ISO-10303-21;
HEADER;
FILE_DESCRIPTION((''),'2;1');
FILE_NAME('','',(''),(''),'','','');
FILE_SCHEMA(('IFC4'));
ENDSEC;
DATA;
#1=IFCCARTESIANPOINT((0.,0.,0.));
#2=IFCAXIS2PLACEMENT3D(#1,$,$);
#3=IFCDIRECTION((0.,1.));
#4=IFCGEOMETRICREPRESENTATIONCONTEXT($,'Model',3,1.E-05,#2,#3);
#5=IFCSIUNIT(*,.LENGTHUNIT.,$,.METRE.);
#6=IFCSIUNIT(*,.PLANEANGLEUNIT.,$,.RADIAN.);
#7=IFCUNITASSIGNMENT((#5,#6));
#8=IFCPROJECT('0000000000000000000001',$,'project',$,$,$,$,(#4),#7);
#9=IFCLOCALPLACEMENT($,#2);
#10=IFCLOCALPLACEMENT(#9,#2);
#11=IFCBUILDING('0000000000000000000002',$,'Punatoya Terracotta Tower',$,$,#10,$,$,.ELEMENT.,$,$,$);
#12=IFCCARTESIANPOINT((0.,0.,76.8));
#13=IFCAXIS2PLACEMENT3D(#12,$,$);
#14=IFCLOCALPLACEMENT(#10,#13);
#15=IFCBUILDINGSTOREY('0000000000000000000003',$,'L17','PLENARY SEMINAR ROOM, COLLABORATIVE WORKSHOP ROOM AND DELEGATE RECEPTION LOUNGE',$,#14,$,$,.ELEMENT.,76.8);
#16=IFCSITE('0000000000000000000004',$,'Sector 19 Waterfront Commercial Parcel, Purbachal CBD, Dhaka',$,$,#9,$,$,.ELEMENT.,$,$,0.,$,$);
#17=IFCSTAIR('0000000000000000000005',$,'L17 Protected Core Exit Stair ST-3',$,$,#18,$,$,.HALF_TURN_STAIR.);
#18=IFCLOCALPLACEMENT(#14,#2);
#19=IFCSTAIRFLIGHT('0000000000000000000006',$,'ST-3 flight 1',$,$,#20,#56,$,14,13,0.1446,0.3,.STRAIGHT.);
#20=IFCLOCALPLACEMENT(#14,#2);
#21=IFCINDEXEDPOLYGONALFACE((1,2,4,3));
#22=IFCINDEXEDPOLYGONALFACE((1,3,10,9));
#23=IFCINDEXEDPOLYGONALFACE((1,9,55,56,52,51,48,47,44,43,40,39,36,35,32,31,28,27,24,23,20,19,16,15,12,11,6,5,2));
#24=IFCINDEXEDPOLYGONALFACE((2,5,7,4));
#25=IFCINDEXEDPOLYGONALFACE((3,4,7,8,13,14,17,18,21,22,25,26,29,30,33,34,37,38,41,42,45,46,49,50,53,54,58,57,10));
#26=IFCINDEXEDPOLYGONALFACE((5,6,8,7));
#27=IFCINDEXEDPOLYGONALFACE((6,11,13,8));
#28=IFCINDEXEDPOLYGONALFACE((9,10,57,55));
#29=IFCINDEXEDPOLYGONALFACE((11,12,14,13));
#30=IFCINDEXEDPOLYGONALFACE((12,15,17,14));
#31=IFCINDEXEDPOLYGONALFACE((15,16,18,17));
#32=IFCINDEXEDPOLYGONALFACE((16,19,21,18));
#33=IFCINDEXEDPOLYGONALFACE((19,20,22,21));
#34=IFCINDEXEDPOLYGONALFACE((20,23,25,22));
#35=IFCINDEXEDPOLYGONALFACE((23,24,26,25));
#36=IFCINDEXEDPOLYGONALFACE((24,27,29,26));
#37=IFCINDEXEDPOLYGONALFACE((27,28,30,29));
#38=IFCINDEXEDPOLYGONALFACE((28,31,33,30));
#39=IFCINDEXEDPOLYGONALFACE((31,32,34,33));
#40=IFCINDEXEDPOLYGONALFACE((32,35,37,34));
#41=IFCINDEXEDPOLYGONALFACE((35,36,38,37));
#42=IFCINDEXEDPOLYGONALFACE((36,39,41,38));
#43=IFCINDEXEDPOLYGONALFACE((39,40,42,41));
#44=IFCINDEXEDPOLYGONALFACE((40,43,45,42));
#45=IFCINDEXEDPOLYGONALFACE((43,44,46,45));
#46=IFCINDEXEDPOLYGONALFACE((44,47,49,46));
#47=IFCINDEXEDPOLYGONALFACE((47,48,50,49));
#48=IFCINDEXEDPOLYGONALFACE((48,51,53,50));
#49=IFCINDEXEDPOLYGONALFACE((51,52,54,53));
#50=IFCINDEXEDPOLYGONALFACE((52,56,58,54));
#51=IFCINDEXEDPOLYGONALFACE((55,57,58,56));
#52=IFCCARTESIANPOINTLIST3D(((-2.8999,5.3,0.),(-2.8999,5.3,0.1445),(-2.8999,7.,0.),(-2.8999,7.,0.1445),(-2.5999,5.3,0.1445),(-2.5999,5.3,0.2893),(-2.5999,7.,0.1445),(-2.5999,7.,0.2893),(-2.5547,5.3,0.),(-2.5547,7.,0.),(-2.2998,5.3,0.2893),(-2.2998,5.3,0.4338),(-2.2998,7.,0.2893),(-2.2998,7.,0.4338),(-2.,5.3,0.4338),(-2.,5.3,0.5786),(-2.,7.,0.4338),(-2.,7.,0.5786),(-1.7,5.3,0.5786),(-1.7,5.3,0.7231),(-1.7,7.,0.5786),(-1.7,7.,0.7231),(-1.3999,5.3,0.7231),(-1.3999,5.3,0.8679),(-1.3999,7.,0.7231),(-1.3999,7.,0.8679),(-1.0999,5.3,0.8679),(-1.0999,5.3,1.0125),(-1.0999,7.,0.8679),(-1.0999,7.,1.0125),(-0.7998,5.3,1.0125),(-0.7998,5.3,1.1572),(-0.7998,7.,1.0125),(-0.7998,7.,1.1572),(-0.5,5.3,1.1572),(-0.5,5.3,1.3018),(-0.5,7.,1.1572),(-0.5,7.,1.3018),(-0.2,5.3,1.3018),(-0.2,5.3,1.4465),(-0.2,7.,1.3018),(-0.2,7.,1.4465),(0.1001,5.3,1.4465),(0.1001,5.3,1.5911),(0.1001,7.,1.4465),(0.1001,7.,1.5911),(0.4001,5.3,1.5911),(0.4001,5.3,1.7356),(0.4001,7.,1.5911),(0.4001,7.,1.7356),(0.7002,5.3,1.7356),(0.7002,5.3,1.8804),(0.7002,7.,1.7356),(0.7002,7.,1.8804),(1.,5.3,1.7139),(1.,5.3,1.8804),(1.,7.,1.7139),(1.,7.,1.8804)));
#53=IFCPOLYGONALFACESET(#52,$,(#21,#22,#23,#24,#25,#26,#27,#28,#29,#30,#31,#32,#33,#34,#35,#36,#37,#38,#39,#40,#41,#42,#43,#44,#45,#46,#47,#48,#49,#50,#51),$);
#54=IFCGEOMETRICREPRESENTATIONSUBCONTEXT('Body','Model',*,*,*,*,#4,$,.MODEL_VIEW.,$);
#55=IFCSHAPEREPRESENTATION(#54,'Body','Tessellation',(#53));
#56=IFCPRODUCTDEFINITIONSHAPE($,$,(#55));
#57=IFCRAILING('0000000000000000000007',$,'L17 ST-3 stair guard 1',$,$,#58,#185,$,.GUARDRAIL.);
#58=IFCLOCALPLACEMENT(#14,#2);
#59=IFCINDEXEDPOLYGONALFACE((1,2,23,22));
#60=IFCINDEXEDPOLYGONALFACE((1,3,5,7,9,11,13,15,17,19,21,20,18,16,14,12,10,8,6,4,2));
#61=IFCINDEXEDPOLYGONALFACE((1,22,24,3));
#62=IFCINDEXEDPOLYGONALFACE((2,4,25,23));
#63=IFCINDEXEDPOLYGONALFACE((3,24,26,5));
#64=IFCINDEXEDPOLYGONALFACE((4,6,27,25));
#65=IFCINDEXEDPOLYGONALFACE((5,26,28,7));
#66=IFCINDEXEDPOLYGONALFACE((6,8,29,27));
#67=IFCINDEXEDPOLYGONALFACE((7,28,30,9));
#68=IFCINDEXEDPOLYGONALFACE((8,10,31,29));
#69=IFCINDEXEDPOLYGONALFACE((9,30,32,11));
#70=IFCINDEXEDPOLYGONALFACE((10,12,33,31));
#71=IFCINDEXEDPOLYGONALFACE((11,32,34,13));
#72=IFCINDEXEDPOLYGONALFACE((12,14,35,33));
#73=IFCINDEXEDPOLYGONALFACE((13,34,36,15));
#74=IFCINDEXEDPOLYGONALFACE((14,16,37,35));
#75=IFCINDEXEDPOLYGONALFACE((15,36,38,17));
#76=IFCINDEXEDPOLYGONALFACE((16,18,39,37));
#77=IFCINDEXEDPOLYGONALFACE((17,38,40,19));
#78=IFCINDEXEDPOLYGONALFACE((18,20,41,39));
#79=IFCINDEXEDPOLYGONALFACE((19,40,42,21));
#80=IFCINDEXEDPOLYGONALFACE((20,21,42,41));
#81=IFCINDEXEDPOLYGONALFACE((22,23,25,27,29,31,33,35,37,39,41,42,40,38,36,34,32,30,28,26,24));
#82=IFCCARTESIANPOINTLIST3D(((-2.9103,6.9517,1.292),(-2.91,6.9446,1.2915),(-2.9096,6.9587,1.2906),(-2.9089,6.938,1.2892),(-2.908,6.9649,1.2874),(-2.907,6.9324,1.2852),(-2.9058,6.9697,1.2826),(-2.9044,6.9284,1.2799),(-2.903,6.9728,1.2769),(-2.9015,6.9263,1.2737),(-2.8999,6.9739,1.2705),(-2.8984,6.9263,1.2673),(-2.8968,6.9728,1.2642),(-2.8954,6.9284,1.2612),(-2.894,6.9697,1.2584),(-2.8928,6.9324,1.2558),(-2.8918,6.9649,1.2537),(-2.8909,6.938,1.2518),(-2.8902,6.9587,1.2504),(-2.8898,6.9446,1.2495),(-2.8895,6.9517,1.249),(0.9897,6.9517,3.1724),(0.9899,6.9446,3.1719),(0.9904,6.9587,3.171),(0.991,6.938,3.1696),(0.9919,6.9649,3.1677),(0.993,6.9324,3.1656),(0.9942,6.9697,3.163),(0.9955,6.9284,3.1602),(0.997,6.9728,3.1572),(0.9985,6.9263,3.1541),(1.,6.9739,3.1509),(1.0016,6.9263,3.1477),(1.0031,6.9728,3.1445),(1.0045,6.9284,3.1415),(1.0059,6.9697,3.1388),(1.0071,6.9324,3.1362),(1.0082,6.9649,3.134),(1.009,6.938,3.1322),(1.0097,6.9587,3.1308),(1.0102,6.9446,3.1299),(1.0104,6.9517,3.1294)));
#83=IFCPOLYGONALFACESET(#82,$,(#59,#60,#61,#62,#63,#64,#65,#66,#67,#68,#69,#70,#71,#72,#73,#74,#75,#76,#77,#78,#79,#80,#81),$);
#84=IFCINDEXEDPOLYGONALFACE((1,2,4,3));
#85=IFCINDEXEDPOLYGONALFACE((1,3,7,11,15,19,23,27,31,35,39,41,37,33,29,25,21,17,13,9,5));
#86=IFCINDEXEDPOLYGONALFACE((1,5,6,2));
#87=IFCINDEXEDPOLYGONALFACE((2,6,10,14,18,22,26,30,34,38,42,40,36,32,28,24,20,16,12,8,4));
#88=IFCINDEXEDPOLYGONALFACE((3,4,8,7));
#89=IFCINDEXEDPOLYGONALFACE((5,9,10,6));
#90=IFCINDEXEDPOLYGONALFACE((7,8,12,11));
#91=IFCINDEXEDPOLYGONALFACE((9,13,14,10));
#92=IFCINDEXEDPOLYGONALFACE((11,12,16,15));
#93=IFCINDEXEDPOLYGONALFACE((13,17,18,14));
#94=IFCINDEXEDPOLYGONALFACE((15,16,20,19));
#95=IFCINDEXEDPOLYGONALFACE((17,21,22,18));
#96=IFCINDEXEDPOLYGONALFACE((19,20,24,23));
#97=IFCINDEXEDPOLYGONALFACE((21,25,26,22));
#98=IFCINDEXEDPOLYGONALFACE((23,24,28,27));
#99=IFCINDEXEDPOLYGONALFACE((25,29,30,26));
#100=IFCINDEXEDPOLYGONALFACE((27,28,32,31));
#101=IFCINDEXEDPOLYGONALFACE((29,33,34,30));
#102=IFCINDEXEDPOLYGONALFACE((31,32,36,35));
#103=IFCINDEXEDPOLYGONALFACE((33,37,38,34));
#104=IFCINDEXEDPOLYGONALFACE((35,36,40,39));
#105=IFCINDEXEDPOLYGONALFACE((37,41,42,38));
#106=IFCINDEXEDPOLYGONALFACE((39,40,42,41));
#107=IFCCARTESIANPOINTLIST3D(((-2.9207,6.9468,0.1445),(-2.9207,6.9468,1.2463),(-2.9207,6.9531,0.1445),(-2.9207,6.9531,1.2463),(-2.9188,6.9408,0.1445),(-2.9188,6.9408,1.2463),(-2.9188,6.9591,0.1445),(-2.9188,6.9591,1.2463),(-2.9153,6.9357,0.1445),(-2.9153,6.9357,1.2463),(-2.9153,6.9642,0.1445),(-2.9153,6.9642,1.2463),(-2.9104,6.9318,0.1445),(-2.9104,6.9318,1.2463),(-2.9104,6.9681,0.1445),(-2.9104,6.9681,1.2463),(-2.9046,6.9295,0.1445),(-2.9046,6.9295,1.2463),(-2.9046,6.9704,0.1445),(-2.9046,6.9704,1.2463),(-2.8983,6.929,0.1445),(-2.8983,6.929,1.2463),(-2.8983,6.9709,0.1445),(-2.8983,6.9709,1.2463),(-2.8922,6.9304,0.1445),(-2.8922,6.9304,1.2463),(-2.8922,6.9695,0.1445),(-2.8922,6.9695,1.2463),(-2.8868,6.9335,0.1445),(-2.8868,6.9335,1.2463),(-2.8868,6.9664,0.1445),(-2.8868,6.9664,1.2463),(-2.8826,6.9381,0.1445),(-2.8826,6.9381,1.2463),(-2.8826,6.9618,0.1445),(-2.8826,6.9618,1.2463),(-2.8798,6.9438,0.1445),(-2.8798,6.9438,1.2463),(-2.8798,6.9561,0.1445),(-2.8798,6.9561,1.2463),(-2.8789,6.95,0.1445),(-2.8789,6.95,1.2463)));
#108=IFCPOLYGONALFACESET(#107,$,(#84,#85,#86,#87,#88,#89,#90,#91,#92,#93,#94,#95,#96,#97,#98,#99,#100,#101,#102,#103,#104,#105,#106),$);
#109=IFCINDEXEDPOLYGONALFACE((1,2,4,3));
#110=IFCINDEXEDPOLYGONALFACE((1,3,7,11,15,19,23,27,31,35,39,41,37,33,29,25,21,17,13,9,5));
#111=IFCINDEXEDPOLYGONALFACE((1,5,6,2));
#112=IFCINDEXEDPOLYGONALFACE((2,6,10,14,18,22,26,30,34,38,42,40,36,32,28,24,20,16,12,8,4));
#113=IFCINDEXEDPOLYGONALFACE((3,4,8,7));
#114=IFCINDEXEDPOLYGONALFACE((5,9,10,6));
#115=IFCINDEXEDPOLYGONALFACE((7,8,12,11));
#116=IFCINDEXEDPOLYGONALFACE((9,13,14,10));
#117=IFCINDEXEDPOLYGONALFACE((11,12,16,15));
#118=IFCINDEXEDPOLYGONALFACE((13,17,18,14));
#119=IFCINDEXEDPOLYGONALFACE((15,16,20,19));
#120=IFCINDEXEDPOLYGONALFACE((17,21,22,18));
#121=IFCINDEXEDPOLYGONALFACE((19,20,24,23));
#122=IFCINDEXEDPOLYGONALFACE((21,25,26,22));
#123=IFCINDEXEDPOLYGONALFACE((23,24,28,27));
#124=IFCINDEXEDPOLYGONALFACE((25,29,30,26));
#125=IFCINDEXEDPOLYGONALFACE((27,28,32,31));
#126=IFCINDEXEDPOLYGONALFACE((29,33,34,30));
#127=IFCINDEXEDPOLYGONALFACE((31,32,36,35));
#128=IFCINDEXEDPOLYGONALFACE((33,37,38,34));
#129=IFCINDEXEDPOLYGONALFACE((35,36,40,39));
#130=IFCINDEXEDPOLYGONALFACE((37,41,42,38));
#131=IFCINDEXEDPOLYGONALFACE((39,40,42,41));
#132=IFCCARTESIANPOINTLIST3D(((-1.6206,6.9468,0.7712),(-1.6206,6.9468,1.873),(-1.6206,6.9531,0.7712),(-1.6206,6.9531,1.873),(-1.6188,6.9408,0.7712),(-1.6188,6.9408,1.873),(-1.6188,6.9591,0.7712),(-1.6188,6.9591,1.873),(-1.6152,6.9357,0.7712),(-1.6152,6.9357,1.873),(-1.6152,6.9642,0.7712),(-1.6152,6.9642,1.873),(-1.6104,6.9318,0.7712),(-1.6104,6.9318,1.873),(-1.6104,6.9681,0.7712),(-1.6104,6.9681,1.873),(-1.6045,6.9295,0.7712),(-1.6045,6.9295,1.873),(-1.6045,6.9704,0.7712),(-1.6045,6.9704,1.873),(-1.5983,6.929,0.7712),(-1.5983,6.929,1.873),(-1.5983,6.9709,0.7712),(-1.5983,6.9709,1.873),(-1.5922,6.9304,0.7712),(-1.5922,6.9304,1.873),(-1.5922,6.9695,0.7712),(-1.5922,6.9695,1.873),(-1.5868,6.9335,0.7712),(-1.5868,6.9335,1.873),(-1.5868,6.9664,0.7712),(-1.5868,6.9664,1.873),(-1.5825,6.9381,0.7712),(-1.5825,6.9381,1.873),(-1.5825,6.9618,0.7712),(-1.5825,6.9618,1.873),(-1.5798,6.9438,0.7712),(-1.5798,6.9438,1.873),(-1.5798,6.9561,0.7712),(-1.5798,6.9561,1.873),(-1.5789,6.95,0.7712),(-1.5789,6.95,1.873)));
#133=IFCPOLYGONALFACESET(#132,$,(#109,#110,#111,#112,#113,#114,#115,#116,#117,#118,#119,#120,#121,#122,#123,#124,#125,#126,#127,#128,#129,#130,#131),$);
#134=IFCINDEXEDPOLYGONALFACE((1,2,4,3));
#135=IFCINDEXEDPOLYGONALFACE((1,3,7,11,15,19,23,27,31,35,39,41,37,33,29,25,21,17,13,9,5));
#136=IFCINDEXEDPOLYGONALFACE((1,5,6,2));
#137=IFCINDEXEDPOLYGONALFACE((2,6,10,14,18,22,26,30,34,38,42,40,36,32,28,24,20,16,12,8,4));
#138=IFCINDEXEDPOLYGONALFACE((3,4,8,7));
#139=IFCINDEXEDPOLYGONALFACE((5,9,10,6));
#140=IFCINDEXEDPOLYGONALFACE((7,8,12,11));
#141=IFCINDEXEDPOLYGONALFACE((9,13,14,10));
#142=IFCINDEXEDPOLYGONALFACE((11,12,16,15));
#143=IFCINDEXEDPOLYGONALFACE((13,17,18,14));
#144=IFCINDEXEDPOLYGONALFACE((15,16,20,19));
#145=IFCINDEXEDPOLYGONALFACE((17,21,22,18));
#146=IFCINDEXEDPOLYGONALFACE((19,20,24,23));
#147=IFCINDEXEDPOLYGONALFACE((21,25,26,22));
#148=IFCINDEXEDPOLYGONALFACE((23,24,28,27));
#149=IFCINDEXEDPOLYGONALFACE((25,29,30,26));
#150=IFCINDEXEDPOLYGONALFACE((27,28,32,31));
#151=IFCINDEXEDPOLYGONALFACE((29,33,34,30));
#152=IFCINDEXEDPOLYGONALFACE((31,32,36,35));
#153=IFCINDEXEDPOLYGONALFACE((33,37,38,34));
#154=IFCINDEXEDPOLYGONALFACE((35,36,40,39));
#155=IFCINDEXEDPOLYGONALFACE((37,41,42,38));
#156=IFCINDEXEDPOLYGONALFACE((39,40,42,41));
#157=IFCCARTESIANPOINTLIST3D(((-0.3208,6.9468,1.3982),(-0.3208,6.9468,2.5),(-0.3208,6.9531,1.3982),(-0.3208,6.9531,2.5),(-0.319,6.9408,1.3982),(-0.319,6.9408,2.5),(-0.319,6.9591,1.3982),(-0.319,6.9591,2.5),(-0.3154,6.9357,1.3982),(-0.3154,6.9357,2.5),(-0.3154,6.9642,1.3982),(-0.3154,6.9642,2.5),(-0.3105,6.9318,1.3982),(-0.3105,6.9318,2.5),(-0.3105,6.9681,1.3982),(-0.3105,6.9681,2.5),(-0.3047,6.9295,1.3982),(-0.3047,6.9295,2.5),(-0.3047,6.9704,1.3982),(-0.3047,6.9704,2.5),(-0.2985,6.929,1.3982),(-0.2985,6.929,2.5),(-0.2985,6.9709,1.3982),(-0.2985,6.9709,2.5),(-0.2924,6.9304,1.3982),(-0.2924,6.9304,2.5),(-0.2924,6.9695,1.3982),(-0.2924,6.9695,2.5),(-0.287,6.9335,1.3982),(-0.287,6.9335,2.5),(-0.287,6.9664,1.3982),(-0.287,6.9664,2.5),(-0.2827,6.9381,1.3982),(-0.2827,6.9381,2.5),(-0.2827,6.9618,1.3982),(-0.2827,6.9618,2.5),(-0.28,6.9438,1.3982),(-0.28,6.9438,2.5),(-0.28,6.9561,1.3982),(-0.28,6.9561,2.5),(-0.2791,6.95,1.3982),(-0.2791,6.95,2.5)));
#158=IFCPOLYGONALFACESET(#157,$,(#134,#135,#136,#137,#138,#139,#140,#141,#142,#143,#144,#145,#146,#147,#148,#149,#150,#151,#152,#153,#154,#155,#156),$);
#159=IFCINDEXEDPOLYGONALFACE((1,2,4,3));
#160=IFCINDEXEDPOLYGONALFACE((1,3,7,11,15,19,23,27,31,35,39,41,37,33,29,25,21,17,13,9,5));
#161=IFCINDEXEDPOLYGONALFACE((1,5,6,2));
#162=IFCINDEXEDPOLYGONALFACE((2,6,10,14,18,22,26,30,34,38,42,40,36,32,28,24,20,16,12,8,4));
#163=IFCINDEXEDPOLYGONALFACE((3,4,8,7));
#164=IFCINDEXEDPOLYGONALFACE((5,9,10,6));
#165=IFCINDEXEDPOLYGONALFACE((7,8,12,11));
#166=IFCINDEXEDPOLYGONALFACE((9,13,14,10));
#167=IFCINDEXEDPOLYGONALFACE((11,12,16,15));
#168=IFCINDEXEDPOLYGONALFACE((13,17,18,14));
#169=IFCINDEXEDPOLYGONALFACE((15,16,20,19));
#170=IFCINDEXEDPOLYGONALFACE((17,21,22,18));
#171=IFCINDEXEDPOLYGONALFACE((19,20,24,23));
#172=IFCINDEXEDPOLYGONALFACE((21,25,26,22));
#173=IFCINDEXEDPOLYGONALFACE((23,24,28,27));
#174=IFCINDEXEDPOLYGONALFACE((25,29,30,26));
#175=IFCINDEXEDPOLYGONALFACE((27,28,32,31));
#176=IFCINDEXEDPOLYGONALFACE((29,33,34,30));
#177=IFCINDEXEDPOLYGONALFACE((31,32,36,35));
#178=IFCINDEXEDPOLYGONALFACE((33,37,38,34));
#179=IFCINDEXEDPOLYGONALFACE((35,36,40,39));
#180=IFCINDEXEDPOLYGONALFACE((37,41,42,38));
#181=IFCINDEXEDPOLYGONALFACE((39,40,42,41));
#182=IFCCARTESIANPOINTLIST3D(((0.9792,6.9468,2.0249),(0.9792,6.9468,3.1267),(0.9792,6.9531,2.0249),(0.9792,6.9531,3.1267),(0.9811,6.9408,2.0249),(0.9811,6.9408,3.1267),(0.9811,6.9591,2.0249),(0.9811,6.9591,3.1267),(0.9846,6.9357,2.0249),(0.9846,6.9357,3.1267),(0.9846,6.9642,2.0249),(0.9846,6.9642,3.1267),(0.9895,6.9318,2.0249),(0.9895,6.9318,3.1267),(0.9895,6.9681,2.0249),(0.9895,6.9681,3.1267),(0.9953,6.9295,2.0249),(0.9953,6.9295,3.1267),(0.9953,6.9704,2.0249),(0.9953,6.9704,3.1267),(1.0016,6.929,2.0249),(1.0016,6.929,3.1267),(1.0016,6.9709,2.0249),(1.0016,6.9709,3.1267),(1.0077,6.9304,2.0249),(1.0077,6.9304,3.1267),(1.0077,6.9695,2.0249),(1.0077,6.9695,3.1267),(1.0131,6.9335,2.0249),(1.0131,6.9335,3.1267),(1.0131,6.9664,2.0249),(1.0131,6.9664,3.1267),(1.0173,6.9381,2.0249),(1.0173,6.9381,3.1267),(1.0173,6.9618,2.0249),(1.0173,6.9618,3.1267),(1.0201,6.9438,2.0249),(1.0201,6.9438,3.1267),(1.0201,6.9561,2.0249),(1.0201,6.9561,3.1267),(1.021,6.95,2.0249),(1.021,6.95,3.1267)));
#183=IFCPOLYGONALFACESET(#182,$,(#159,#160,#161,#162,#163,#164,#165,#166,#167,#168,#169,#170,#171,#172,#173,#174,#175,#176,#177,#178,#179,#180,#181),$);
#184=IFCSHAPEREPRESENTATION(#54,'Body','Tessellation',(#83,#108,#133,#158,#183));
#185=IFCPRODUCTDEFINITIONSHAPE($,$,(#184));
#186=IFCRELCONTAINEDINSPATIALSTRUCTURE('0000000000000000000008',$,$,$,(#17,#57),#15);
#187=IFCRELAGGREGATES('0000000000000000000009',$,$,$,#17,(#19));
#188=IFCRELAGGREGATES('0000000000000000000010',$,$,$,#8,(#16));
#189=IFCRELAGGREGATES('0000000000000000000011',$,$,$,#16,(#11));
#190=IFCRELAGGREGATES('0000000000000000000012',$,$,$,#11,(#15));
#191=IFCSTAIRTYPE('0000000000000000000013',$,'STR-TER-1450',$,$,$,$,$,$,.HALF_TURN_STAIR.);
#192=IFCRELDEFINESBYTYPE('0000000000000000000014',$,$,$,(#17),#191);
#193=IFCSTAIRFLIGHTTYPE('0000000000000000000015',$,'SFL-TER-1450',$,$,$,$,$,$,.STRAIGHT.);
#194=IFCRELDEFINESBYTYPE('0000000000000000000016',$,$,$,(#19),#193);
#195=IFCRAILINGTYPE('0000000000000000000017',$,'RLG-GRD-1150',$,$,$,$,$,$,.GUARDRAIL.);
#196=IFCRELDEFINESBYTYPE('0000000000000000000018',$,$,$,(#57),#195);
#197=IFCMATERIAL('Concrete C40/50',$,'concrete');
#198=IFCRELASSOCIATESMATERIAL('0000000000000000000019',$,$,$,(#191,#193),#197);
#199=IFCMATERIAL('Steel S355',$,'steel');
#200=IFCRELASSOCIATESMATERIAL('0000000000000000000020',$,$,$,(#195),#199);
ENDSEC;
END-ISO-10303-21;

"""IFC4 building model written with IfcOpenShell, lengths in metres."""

from ifc_helpers import new_model, si_unit, direction, frame, origin, origin_2d, place, context, subcontext, project, spatial, polyline, circle, outline, extrude, material, type_object, element, aggregate, save


model = new_model("IFC4")

# Units and contexts
model_context = context("Model", 3, precision=1e-05, world=origin(), true_north=direction((0.0, 1.0)))
body_context = subcontext(model_context, "Body", "Model", "MODEL_VIEW")
ifc_project = project(units=[si_unit("LENGTHUNIT", "METRE"), si_unit("PLANEANGLEUNIT", "RADIAN")], contexts=[model_context])

# Site, building, storey
site_placement = place(None, origin())
site = spatial("IfcSite", under=ifc_project, at=site_placement, Name="Sector 19 Waterfront Commercial Parcel, Purbachal CBD, Dhaka", CompositionType="ELEMENT", RefElevation=0.0)
building_placement = place(site_placement, origin())
building = spatial("IfcBuilding", under=site, at=building_placement, Name="Punatoya Terracotta Tower", CompositionType="ELEMENT")
storey_placement = place(building_placement, frame((0.0, 0.0, 76.8)))
storey = spatial("IfcBuildingStorey", under=building, at=storey_placement, Name="L17", Description="PLENARY SEMINAR ROOM, COLLABORATIVE WORKSHOP ROOM AND DELEGATE RECEPTION LOUNGE", CompositionType="ELEMENT", Elevation=76.8)

# Shared definitions
ifc_material_1 = material(Name="Steel S355", Category="steel")

# Shared definitions
ifc_material_2 = material(Name="Concrete C40/50", Category="concrete")

# Stair, stair flight
stair_type = type_object("IfcStairType", Name="STR-TER-1450", PredefinedType="HALF_TURN_STAIR", material=ifc_material_2)
stair_placement = place(storey_placement, origin())
stair = element("IfcStair", 1, at=stair_placement, inside=storey, type_object=stair_type, Name="L17 Protected Core Exit Stair ST-3", PredefinedType="HALF_TURN_STAIR")
stair_flight_type = type_object("IfcStairFlightType", Name="SFL-TER-1450", PredefinedType="STRAIGHT", material=ifc_material_2)
stair_flight_placement = place(storey_placement, frame((-2.8999, 6.1499, 0.0), z_axis=(0.0, 0.0, 1.0), x_axis=(1.0, 0.0, 0.0)))
stair_flight = element("IfcStairFlight", 2, at=stair_flight_placement, type_object=stair_flight_type, Name="ST-3 flight 1", NumberOfRisers=14, NumberOfTreads=13, PredefinedType="STRAIGHT", RiserHeight=0.1446, TreadLength=0.3, context=body_context, shape_type="SweptSolid", body=[
    extrude(outline(polyline([(0.0, 0.0), (0.0, 0.1445), (0.3, 0.1445), (0.3, 0.2893), (0.6001, 0.2893), (0.6001, 0.4338), (0.8999, 0.4338), (0.8999, 0.5786), (1.2, 0.5786), (1.2, 0.7231), (1.5, 0.7231), (1.5, 0.8679), (1.8, 0.8679), (1.8, 1.0125), (2.1001, 1.0125), (2.1001, 1.1572), (2.3999, 1.1572), (2.3999, 1.3018), (2.7, 1.3018), (2.7, 1.4465), (3.0, 1.4465), (3.0, 1.5911), (3.3, 1.5911), (3.3, 1.7356), (3.6001, 1.7356), (3.6001, 1.8804), (3.8999, 1.8804), (3.8999, 2.0249), (3.8999, 1.7139), (0.3452, 0.0), (0.0, 0.0)])), frame((0.0, 0.8501, 0.0), z_axis=(0.0, -1.0, 0.0), x_axis=(1.0, 0.0, 0.0)), (0.0, 0.0, 1.0), 1.7),
])
aggregate(stair, [stair_flight])

# Railing
railing_type_1 = type_object("IfcRailingType", Name="RLG-GRD-1150", PredefinedType="GUARDRAIL", material=ifc_material_1)
railing_1_placement = place(storey_placement, frame((-2.8999, 6.95, 0.1445)))
element("IfcRailing", 3, at=railing_1_placement, inside=storey, type_object=railing_type_1, Name="L17 ST-3 stair guard 1", PredefinedType="GUARDRAIL", context=body_context, shape_type="SweptSolid", body=[
    extrude(circle(Radius=0.0239, at=origin_2d()), frame((0.0, 0.0, 1.126), z_axis=(0.900763, 0.0, 0.434311), x_axis=(0.0, 1.0, 0.0)), (0.0, 0.0, 1.0), 4.3296),
    extrude(circle(Radius=0.021, at=origin_2d()), origin(), (0.0, 0.0, 1.0), 1.1018),
    extrude(circle(Radius=0.021, at=origin_2d()), frame((1.3, 0.0, 0.6267)), (0.0, 0.0, 1.0), 1.1018),
    extrude(circle(Radius=0.021, at=origin_2d()), frame((2.5999, 0.0, 1.2537)), (0.0, 0.0, 1.0), 1.1018),
    extrude(circle(Radius=0.021, at=origin_2d()), frame((3.8999, 0.0, 1.8804)), (0.0, 0.0, 1.0), 1.1018),
])

save(model, "model.ifc")
